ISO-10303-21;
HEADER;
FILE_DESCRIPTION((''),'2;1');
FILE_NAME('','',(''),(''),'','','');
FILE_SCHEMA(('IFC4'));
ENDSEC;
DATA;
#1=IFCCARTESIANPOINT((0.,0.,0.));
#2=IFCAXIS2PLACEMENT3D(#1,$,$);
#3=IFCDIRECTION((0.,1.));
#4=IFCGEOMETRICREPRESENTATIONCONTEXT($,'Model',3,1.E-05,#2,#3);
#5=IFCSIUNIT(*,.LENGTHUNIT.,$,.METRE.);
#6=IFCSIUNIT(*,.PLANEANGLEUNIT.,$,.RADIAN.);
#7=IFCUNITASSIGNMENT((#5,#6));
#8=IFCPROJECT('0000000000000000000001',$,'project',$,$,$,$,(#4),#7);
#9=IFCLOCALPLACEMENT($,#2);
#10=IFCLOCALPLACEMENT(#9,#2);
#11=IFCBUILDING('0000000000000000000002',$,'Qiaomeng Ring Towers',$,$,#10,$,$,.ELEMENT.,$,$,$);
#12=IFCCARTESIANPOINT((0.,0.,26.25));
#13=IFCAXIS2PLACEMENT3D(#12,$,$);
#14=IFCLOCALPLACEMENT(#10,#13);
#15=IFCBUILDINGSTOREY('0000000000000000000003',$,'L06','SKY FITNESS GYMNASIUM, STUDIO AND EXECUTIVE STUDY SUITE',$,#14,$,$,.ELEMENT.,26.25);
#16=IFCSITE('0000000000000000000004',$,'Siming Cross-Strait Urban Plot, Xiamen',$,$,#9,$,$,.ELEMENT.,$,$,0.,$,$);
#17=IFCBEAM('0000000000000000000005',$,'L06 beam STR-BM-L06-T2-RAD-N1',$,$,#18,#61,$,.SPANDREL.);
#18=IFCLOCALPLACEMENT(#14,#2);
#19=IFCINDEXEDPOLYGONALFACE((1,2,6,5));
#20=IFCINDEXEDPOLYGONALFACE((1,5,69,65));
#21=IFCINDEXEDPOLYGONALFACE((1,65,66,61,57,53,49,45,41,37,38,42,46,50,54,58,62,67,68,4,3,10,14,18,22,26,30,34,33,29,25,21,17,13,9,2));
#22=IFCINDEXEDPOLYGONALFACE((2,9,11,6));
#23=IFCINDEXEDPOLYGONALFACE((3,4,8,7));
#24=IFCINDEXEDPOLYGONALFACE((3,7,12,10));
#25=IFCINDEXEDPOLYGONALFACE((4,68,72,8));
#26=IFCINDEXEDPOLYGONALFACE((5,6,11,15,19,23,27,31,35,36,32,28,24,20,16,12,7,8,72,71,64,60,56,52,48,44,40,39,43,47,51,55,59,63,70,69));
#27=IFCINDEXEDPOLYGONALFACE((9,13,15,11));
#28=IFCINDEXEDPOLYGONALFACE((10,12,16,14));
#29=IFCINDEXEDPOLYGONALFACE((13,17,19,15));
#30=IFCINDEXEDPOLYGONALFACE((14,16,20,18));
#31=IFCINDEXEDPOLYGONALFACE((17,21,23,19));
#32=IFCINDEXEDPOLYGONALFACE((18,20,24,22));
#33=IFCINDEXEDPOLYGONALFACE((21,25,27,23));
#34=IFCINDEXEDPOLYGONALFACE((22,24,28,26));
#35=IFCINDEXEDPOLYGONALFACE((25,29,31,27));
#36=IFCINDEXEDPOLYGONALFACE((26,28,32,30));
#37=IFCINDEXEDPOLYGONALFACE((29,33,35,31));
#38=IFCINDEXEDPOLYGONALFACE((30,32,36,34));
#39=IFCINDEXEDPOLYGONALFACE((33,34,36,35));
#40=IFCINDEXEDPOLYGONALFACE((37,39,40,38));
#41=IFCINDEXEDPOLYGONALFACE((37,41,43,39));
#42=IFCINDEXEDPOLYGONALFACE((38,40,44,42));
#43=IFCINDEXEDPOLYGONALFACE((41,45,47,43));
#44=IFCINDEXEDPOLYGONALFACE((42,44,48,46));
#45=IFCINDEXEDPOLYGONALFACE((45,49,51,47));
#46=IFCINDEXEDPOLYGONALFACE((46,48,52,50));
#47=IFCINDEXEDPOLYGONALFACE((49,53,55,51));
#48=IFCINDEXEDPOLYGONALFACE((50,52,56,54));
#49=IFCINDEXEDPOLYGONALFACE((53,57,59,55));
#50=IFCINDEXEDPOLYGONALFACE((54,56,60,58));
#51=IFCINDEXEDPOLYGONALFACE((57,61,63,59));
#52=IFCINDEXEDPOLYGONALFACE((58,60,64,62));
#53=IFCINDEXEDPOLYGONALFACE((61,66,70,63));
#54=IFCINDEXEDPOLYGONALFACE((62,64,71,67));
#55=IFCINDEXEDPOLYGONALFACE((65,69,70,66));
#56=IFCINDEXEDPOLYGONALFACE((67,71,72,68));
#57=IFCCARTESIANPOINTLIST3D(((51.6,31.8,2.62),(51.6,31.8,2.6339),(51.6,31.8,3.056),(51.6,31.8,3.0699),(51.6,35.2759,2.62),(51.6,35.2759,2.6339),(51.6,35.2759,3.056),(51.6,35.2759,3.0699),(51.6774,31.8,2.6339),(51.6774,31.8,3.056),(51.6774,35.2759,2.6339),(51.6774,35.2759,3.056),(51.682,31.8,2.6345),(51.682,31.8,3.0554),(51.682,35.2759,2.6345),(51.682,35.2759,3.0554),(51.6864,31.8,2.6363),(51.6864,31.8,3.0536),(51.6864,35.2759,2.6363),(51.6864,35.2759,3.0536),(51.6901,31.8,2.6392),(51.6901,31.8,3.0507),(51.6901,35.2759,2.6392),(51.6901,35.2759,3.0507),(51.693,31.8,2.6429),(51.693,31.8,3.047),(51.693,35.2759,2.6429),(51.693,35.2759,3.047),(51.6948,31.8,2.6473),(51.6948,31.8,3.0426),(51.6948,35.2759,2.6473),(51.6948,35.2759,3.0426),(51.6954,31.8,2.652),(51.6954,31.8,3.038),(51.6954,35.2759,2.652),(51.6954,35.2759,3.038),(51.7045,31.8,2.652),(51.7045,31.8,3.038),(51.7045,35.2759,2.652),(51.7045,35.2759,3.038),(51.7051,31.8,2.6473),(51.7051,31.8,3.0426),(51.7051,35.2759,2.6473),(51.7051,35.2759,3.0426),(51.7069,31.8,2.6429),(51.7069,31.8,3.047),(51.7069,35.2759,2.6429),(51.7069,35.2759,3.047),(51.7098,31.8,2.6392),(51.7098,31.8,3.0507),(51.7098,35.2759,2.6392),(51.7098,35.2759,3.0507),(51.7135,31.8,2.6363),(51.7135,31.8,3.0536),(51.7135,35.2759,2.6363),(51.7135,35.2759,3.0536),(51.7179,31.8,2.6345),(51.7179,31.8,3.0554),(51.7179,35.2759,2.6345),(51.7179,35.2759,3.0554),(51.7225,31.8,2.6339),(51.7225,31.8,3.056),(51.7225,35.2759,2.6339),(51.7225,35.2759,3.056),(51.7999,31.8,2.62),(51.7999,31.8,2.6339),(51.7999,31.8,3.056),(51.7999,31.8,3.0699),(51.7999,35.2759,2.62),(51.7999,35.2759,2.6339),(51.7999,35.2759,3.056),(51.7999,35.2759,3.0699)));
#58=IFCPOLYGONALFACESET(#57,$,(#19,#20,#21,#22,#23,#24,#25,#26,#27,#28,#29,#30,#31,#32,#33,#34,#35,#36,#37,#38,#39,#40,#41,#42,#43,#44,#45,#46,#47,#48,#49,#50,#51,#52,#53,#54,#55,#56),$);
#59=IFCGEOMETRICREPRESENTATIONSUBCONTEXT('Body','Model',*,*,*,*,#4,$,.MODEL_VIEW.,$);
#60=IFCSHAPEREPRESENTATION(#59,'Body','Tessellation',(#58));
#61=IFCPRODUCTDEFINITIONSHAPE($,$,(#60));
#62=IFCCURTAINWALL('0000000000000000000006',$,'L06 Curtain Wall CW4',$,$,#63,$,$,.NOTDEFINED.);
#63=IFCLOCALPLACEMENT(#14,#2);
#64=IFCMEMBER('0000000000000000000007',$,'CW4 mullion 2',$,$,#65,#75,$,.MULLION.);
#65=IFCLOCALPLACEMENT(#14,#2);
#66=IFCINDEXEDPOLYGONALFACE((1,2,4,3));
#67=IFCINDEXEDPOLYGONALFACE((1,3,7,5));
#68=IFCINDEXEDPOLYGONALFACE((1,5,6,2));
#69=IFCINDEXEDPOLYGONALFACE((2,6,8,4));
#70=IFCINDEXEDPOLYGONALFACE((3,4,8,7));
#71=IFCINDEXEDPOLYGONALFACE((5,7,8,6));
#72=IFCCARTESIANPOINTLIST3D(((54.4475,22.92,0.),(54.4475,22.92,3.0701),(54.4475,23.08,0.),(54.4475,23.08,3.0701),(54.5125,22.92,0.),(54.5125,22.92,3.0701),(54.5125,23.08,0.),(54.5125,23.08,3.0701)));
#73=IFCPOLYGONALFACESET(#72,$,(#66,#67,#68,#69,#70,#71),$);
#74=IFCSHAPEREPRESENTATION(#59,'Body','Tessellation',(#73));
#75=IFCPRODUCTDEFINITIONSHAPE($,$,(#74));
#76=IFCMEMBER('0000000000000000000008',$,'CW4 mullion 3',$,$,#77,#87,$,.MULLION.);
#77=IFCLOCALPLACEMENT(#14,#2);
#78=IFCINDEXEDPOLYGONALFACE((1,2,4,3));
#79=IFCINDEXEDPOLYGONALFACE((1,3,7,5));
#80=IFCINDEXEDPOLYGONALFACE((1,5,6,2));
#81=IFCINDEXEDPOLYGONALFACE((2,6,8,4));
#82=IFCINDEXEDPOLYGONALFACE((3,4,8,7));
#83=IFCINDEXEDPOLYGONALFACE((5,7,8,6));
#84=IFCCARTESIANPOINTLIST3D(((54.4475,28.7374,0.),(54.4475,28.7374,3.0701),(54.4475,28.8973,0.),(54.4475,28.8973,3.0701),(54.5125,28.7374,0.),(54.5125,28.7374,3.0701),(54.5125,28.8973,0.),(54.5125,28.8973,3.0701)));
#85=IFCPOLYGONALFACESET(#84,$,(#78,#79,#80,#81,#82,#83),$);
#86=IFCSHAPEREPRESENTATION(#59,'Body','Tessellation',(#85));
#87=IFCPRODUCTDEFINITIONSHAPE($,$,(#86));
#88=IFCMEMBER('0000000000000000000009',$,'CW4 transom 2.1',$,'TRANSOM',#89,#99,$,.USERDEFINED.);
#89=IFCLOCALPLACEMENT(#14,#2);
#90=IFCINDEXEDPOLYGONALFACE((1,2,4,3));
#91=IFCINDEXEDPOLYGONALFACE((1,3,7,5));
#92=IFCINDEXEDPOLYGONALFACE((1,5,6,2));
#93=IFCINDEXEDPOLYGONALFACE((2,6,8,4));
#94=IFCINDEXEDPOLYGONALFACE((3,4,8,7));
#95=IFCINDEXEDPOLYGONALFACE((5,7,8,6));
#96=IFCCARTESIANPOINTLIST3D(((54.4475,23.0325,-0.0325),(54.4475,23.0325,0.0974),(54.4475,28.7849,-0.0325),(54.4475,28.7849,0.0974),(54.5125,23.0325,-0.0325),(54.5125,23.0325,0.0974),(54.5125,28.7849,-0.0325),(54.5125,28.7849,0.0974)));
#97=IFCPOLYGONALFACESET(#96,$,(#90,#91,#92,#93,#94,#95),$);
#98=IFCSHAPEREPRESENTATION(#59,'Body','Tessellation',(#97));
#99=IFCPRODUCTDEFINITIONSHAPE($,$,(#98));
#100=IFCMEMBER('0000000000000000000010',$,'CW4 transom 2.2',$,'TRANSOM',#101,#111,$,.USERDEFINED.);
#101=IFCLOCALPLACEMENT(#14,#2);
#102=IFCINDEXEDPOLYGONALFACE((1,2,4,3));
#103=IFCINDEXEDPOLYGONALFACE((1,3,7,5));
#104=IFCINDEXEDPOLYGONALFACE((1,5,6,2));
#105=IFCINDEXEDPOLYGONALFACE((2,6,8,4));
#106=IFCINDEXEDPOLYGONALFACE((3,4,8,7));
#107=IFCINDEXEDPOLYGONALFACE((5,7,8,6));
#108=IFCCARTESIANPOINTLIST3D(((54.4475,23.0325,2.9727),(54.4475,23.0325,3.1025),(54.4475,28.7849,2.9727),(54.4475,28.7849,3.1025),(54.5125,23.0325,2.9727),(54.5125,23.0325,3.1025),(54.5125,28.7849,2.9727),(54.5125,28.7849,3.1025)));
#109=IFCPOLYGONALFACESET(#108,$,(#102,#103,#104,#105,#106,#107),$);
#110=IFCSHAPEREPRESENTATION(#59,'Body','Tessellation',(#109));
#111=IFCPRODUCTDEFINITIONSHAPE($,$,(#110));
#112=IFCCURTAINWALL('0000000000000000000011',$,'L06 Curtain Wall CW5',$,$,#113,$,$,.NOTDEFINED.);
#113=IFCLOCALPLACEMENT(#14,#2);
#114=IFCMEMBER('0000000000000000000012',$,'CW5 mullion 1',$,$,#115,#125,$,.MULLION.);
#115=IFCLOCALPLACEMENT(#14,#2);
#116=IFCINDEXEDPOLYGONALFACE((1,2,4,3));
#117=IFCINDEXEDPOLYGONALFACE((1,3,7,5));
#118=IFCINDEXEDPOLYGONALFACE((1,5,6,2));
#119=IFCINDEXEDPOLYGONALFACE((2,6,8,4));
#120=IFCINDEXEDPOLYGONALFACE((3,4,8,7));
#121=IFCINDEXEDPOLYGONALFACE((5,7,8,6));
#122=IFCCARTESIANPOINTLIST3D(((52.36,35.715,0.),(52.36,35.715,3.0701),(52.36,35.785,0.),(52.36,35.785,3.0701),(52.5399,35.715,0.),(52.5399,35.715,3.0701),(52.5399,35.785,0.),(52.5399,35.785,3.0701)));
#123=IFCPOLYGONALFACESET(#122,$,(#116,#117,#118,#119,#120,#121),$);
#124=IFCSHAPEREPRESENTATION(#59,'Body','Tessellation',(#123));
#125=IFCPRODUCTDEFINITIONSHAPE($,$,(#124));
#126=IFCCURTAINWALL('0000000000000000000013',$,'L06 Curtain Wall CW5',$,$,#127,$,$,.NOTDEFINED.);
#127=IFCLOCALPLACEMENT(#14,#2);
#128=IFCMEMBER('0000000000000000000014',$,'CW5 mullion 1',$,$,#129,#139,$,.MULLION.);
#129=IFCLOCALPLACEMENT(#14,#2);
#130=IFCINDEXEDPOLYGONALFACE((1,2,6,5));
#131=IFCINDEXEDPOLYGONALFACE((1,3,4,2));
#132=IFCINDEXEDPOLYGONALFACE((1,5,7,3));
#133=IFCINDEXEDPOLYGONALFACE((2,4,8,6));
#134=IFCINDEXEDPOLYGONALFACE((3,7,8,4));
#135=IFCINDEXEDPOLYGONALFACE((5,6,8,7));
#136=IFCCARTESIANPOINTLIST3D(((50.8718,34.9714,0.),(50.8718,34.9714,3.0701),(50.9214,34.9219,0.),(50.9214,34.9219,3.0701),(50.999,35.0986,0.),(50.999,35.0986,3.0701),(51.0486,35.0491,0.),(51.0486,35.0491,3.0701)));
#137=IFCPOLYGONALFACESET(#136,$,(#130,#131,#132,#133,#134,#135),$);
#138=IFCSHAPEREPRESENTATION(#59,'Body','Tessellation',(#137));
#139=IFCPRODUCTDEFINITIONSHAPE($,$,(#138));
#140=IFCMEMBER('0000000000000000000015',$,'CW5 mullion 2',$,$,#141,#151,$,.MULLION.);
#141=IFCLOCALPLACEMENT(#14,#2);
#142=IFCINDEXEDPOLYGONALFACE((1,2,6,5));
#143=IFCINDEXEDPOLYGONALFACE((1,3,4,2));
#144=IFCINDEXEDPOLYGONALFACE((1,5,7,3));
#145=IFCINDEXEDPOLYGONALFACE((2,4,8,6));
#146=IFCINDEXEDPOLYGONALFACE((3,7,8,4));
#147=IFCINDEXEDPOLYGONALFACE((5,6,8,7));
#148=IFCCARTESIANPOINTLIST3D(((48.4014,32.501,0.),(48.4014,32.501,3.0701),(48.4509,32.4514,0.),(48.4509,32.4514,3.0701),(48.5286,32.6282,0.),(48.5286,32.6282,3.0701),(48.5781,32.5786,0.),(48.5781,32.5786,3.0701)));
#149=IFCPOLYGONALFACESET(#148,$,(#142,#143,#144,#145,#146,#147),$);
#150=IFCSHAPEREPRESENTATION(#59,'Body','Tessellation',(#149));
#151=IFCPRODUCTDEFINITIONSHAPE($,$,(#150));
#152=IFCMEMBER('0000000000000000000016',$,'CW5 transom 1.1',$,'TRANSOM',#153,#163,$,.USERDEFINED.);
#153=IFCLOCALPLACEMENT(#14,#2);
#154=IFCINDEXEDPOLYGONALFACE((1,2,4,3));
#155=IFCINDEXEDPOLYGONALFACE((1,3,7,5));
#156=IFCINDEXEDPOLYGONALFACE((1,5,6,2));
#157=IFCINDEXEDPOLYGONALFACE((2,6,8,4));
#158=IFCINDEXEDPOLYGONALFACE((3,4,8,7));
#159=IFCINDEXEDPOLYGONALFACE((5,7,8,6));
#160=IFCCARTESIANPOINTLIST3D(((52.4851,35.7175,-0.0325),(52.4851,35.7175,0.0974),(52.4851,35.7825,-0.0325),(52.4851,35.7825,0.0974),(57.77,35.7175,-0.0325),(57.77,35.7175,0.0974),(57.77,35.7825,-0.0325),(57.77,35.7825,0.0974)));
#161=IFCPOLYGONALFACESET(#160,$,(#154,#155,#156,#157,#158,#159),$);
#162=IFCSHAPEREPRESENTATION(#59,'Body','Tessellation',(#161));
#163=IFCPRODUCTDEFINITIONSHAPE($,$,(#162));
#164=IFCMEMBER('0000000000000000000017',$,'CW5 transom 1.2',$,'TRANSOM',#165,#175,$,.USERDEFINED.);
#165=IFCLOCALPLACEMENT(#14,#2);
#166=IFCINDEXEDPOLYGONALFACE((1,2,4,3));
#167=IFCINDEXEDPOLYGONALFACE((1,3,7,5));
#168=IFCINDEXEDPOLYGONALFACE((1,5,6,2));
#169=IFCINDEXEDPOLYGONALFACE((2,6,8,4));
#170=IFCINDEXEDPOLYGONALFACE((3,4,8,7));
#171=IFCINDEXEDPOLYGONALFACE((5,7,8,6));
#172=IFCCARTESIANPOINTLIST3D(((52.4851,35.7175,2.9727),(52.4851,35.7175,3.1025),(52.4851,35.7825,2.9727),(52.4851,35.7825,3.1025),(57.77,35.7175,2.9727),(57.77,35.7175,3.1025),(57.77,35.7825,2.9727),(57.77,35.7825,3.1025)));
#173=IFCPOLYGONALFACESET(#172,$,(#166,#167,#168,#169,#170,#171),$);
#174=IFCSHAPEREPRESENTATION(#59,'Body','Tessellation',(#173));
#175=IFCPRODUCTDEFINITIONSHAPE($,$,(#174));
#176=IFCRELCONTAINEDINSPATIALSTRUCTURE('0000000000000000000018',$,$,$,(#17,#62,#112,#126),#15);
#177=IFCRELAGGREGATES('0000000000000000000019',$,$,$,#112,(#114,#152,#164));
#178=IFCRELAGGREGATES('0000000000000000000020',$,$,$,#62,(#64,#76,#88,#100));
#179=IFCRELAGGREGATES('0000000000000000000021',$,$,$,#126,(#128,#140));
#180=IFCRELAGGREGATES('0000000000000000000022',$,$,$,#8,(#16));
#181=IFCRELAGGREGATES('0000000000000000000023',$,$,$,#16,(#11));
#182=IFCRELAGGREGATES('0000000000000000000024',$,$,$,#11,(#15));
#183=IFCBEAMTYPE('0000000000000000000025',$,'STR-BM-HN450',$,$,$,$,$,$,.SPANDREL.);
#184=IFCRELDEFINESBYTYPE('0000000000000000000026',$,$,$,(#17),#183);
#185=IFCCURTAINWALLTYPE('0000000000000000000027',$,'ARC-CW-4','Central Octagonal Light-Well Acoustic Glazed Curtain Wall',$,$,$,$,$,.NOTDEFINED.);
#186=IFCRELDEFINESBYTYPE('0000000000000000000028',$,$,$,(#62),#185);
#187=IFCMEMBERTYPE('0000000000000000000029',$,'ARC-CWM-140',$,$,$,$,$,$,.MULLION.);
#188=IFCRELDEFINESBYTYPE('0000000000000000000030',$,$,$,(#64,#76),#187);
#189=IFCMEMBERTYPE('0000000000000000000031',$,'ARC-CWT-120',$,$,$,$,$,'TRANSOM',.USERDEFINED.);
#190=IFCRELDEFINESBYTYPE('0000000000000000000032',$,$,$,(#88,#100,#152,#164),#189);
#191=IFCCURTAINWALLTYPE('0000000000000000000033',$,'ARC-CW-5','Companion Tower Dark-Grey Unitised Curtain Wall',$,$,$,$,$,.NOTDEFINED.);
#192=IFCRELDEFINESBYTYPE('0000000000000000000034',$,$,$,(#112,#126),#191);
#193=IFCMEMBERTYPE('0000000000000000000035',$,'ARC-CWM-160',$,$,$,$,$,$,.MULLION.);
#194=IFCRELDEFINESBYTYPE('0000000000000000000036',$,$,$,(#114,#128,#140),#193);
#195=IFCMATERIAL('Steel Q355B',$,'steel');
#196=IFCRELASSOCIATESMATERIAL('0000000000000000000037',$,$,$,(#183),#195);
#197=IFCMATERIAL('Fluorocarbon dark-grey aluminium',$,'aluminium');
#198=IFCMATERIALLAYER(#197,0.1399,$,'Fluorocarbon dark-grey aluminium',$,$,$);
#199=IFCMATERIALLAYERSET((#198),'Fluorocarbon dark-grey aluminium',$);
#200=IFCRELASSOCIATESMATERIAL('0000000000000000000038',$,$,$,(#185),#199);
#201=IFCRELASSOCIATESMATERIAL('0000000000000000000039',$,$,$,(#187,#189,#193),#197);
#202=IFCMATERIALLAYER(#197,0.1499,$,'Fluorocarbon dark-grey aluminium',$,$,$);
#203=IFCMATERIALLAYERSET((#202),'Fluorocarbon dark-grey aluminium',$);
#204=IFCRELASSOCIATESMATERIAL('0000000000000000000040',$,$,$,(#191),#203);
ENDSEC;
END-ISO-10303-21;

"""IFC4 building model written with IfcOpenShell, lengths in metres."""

from ifc_helpers import new_model, si_unit, direction, frame, origin, origin_2d, place, context, subcontext, project, spatial, rectangle, i_section, extrude, source, transform, mapped, material, layer, layer_set, material_profile, profile_set, type_object, element, aggregate, save


model = new_model("IFC4")

# Units and contexts
model_context = context("Model", 3, precision=1e-05, world=origin(), true_north=direction((0.0, 1.0)))
body_context = subcontext(model_context, "Body", "Model", "MODEL_VIEW")
ifc_project = project(units=[si_unit("LENGTHUNIT", "METRE"), si_unit("PLANEANGLEUNIT", "RADIAN")], contexts=[model_context])

# Site, building, storey
site_placement = place(None, origin())
site = spatial("IfcSite", under=ifc_project, at=site_placement, Name="Siming Cross-Strait Urban Plot, Xiamen", CompositionType="ELEMENT", RefElevation=0.0)
building_placement = place(site_placement, origin())
building = spatial("IfcBuilding", under=site, at=building_placement, Name="Qiaomeng Ring Towers", CompositionType="ELEMENT")
storey_placement = place(building_placement, frame((0.0, 0.0, 26.25)))
storey = spatial("IfcBuildingStorey", under=building, at=storey_placement, Name="L06", Description="SKY FITNESS GYMNASIUM, STUDIO AND EXECUTIVE STUDY SUITE", CompositionType="ELEMENT", Elevation=26.25)

# Beam
ifc_material_1 = material(Name="Steel Q355B", Category="steel")
ifc_material_profile_1 = material_profile(ifc_material_1, i_section(OverallWidth=0.2, OverallDepth=0.45, WebThickness=0.009, FlangeThickness=0.0139, FilletRadius=0.0181, at=origin_2d()), Name="HN 450x200x9x14")
ifc_profile_set_1 = profile_set([ifc_material_profile_1], Name="Steel Q355B")
beam_type_1 = type_object("IfcBeamType", Name="STR-BM-HN450", PredefinedType="SPANDREL", material=ifc_profile_set_1)
shared_shape_1 = source(origin(), body_context, "Body", "SweptSolid", [
    extrude(i_section(OverallWidth=0.2, OverallDepth=0.45, WebThickness=0.009, FlangeThickness=0.0139, FilletRadius=0.0181, at=origin_2d()), origin(), (0.0, 0.0, 1.0), 3.4758),
])
beam_1_placement = place(storey_placement, frame((51.7, 35.2759, 2.845), z_axis=(0.0, -1.0, 0.0), x_axis=(1.0, 0.0, 0.0)))
element("IfcBeam", 1, at=beam_1_placement, inside=storey, type_object=beam_type_1, Name="L06 beam STR-BM-L06-T2-RAD-N1", PredefinedType="SPANDREL", context=body_context, shape_type="MappedRepresentation", body=[
    mapped(shared_shape_1, transform((0.0, 0.0, 0.0), x_axis=(1.0, 0.0, 0.0), y_axis=(0.0, 1.0, 0.0), z_axis=(0.0, 0.0, 1.0), scale=1.0)),
])

# Curtain wall, members
ifc_material_2 = material(Name="Fluorocarbon dark-grey aluminium", Category="aluminium")
ifc_layer_1 = layer(ifc_material_2, 0.1399, Name="Fluorocarbon dark-grey aluminium")
ifc_layer_set_1 = layer_set([ifc_layer_1], Name="Fluorocarbon dark-grey aluminium")
curtain_wall_type_1 = type_object("IfcCurtainWallType", Name="ARC-CW-4", Description="Central Octagonal Light-Well Acoustic Glazed Curtain Wall", PredefinedType="NOTDEFINED", material=ifc_layer_set_1)
curtain_wall_1_placement = place(storey_placement, origin())
curtain_wall_1 = element("IfcCurtainWall", 2, at=curtain_wall_1_placement, inside=storey, type_object=curtain_wall_type_1, Name="L06 Curtain Wall CW4", PredefinedType="NOTDEFINED")
ifc_material_profile_2 = material_profile(ifc_material_2, rectangle(XDim=0.0649, YDim=0.1599, at=origin_2d()), Name="ALU MULL 65x160")
ifc_profile_set_2 = profile_set([ifc_material_profile_2], Name="Fluorocarbon dark-grey aluminium")
member_type_1 = type_object("IfcMemberType", Name="ARC-CWM-140", PredefinedType="MULLION", material=ifc_profile_set_2)
shared_shape_2 = source(origin(), body_context, "Body", "SweptSolid", [
    extrude(rectangle(XDim=0.0649, YDim=0.1599, at=origin_2d()), origin(), (0.0, 0.0, 1.0), 3.0701),
])
member_1_placement = place(storey_placement, frame((54.48, 23.0, 0.0), z_axis=(0.0, 0.0, 1.0), x_axis=(-1.0, 0.0, 0.0)))
member_1 = element("IfcMember", 3, at=member_1_placement, type_object=member_type_1, Name="CW4 mullion 2", PredefinedType="MULLION", context=body_context, shape_type="MappedRepresentation", body=[
    mapped(shared_shape_2, transform((0.0, 0.0, 0.0), x_axis=(1.0, 0.0, 0.0), y_axis=(0.0, 1.0, 0.0), z_axis=(0.0, 0.0, 1.0), scale=1.0)),
])
member_2_placement = place(storey_placement, frame((54.48, 28.8174, 0.0), z_axis=(0.0, 0.0, 1.0), x_axis=(-1.0, 0.0, 0.0)))
member_2 = element("IfcMember", 4, at=member_2_placement, type_object=member_type_1, Name="CW4 mullion 3", PredefinedType="MULLION", context=body_context, shape_type="MappedRepresentation", body=[
    mapped(shared_shape_2, transform((0.0, 0.0, 0.0), x_axis=(1.0, 0.0, 0.0), y_axis=(0.0, 1.0, 0.0), z_axis=(0.0, 0.0, 1.0), scale=1.0)),
])
ifc_material_profile_3 = material_profile(ifc_material_2, rectangle(XDim=0.0649, YDim=0.1299, at=origin_2d()), Name="ALU TRAN 65x130")
ifc_profile_set_3 = profile_set([ifc_material_profile_3], Name="Fluorocarbon dark-grey aluminium")
member_type_2 = type_object("IfcMemberType", Name="ARC-CWT-120", ElementType="TRANSOM", PredefinedType="USERDEFINED", material=ifc_profile_set_3)
shared_shape_3 = source(origin(), body_context, "Body", "SweptSolid", [
    extrude(rectangle(XDim=0.0649, YDim=0.1299, at=origin_2d()), origin(), (0.0, 0.0, 1.0), 5.7524),
])
member_3_placement = place(storey_placement, frame((54.48, 23.0325, 0.0325), z_axis=(0.0, 1.0, 0.0), x_axis=(-1.0, 0.0, 0.0)))
member_3 = element("IfcMember", 5, at=member_3_placement, type_object=member_type_2, Name="CW4 transom 2.1", ObjectType="TRANSOM", PredefinedType="USERDEFINED", context=body_context, shape_type="MappedRepresentation", body=[
    mapped(shared_shape_3, transform((0.0, 0.0, 0.0), x_axis=(1.0, 0.0, 0.0), y_axis=(0.0, 1.0, 0.0), z_axis=(0.0, 0.0, 1.0), scale=1.0)),
])
member_4_placement = place(storey_placement, frame((54.48, 23.0325, 3.0376), z_axis=(0.0, 1.0, 0.0), x_axis=(-1.0, 0.0, 0.0)))
member_4 = element("IfcMember", 6, at=member_4_placement, type_object=member_type_2, Name="CW4 transom 2.2", ObjectType="TRANSOM", PredefinedType="USERDEFINED", context=body_context, shape_type="MappedRepresentation", body=[
    mapped(shared_shape_3, transform((0.0, 0.0, 0.0), x_axis=(1.0, 0.0, 0.0), y_axis=(0.0, 1.0, 0.0), z_axis=(0.0, 0.0, 1.0), scale=1.0)),
])

# Curtain wall, member
ifc_layer_2 = layer(ifc_material_2, 0.1499, Name="Fluorocarbon dark-grey aluminium")
ifc_layer_set_2 = layer_set([ifc_layer_2], Name="Fluorocarbon dark-grey aluminium")
curtain_wall_type_2 = type_object("IfcCurtainWallType", Name="ARC-CW-5", Description="Companion Tower Dark-Grey Unitised Curtain Wall", PredefinedType="NOTDEFINED", material=ifc_layer_set_2)
curtain_wall_2_placement = place(storey_placement, origin())
curtain_wall_2 = element("IfcCurtainWall", 7, at=curtain_wall_2_placement, inside=storey, type_object=curtain_wall_type_2, Name="L06 Curtain Wall CW5", PredefinedType="NOTDEFINED")
ifc_material_profile_4 = material_profile(ifc_material_2, rectangle(XDim=0.0701, YDim=0.1799, at=origin_2d()), Name="ALU MULL 70x180")
ifc_profile_set_4 = profile_set([ifc_material_profile_4], Name="Fluorocarbon dark-grey aluminium")
member_type_3 = type_object("IfcMemberType", Name="ARC-CWM-160", PredefinedType="MULLION", material=ifc_profile_set_4)
shared_shape_4 = source(origin(), body_context, "Body", "SweptSolid", [
    extrude(rectangle(XDim=0.0701, YDim=0.1799, at=origin_2d()), origin(), (0.0, 0.0, 1.0), 3.0701),
])
member_5_placement = place(storey_placement, frame((52.45, 35.75, 0.0), z_axis=(0.0, 0.0, 1.0), x_axis=(0.0, 1.0, 0.0)))
member_5 = element("IfcMember", 8, at=member_5_placement, type_object=member_type_3, Name="CW5 mullion 1", PredefinedType="MULLION", context=body_context, shape_type="MappedRepresentation", body=[
    mapped(shared_shape_4, transform((0.0, 0.0, 0.0), x_axis=(1.0, 0.0, 0.0), y_axis=(0.0, 1.0, 0.0), z_axis=(0.0, 0.0, 1.0), scale=1.0)),
])

# Curtain wall, members
curtain_wall_3_placement = place(storey_placement, origin())
curtain_wall_3 = element("IfcCurtainWall", 9, at=curtain_wall_3_placement, inside=storey, type_object=curtain_wall_type_2, Name="L06 Curtain Wall CW5", PredefinedType="NOTDEFINED")
member_6_placement = place(storey_placement, frame((50.9602, 35.0103, 0.0), z_axis=(0.0, 0.0, 1.0), x_axis=(0.707107, -0.707107, 0.0)))
member_6 = element("IfcMember", 10, at=member_6_placement, type_object=member_type_3, Name="CW5 mullion 1", PredefinedType="MULLION", context=body_context, shape_type="MappedRepresentation", body=[
    mapped(shared_shape_4, transform((0.0, 0.0, 0.0), x_axis=(1.0, 0.0, 0.0), y_axis=(0.0, 1.0, 0.0), z_axis=(0.0, 0.0, 1.0), scale=1.0)),
])
member_7_placement = place(storey_placement, frame((48.4897, 32.5398, 0.0), z_axis=(0.0, 0.0, 1.0), x_axis=(0.707107, -0.707107, 0.0)))
member_7 = element("IfcMember", 11, at=member_7_placement, type_object=member_type_3, Name="CW5 mullion 2", PredefinedType="MULLION", context=body_context, shape_type="MappedRepresentation", body=[
    mapped(shared_shape_4, transform((0.0, 0.0, 0.0), x_axis=(1.0, 0.0, 0.0), y_axis=(0.0, 1.0, 0.0), z_axis=(0.0, 0.0, 1.0), scale=1.0)),
])

# Members
shared_shape_5 = source(origin(), body_context, "Body", "SweptSolid", [
    extrude(rectangle(XDim=0.0649, YDim=0.1299, at=origin_2d()), origin(), (0.0, 0.0, 1.0), 5.2849),
])
member_8_placement = place(storey_placement, frame((52.4851, 35.75, 0.0325), z_axis=(1.0, 0.0, 0.0), x_axis=(0.0, 1.0, 0.0)))
member_8 = element("IfcMember", 12, at=member_8_placement, type_object=member_type_2, Name="CW5 transom 1.1", ObjectType="TRANSOM", PredefinedType="USERDEFINED", context=body_context, shape_type="MappedRepresentation", body=[
    mapped(shared_shape_5, transform((0.0, 0.0, 0.0), x_axis=(1.0, 0.0, 0.0), y_axis=(0.0, 1.0, 0.0), z_axis=(0.0, 0.0, 1.0), scale=1.0)),
])
member_9_placement = place(storey_placement, frame((52.4851, 35.75, 3.0376), z_axis=(1.0, 0.0, 0.0), x_axis=(0.0, 1.0, 0.0)))
member_9 = element("IfcMember", 13, at=member_9_placement, type_object=member_type_2, Name="CW5 transom 1.2", ObjectType="TRANSOM", PredefinedType="USERDEFINED", context=body_context, shape_type="MappedRepresentation", body=[
    mapped(shared_shape_5, transform((0.0, 0.0, 0.0), x_axis=(1.0, 0.0, 0.0), y_axis=(0.0, 1.0, 0.0), z_axis=(0.0, 0.0, 1.0), scale=1.0)),
])
aggregate(curtain_wall_2, [member_5, member_8, member_9])

aggregate(curtain_wall_1, [member_1, member_2, member_3, member_4])
aggregate(curtain_wall_3, [member_6, member_7])

save(model, "model.ifc")
